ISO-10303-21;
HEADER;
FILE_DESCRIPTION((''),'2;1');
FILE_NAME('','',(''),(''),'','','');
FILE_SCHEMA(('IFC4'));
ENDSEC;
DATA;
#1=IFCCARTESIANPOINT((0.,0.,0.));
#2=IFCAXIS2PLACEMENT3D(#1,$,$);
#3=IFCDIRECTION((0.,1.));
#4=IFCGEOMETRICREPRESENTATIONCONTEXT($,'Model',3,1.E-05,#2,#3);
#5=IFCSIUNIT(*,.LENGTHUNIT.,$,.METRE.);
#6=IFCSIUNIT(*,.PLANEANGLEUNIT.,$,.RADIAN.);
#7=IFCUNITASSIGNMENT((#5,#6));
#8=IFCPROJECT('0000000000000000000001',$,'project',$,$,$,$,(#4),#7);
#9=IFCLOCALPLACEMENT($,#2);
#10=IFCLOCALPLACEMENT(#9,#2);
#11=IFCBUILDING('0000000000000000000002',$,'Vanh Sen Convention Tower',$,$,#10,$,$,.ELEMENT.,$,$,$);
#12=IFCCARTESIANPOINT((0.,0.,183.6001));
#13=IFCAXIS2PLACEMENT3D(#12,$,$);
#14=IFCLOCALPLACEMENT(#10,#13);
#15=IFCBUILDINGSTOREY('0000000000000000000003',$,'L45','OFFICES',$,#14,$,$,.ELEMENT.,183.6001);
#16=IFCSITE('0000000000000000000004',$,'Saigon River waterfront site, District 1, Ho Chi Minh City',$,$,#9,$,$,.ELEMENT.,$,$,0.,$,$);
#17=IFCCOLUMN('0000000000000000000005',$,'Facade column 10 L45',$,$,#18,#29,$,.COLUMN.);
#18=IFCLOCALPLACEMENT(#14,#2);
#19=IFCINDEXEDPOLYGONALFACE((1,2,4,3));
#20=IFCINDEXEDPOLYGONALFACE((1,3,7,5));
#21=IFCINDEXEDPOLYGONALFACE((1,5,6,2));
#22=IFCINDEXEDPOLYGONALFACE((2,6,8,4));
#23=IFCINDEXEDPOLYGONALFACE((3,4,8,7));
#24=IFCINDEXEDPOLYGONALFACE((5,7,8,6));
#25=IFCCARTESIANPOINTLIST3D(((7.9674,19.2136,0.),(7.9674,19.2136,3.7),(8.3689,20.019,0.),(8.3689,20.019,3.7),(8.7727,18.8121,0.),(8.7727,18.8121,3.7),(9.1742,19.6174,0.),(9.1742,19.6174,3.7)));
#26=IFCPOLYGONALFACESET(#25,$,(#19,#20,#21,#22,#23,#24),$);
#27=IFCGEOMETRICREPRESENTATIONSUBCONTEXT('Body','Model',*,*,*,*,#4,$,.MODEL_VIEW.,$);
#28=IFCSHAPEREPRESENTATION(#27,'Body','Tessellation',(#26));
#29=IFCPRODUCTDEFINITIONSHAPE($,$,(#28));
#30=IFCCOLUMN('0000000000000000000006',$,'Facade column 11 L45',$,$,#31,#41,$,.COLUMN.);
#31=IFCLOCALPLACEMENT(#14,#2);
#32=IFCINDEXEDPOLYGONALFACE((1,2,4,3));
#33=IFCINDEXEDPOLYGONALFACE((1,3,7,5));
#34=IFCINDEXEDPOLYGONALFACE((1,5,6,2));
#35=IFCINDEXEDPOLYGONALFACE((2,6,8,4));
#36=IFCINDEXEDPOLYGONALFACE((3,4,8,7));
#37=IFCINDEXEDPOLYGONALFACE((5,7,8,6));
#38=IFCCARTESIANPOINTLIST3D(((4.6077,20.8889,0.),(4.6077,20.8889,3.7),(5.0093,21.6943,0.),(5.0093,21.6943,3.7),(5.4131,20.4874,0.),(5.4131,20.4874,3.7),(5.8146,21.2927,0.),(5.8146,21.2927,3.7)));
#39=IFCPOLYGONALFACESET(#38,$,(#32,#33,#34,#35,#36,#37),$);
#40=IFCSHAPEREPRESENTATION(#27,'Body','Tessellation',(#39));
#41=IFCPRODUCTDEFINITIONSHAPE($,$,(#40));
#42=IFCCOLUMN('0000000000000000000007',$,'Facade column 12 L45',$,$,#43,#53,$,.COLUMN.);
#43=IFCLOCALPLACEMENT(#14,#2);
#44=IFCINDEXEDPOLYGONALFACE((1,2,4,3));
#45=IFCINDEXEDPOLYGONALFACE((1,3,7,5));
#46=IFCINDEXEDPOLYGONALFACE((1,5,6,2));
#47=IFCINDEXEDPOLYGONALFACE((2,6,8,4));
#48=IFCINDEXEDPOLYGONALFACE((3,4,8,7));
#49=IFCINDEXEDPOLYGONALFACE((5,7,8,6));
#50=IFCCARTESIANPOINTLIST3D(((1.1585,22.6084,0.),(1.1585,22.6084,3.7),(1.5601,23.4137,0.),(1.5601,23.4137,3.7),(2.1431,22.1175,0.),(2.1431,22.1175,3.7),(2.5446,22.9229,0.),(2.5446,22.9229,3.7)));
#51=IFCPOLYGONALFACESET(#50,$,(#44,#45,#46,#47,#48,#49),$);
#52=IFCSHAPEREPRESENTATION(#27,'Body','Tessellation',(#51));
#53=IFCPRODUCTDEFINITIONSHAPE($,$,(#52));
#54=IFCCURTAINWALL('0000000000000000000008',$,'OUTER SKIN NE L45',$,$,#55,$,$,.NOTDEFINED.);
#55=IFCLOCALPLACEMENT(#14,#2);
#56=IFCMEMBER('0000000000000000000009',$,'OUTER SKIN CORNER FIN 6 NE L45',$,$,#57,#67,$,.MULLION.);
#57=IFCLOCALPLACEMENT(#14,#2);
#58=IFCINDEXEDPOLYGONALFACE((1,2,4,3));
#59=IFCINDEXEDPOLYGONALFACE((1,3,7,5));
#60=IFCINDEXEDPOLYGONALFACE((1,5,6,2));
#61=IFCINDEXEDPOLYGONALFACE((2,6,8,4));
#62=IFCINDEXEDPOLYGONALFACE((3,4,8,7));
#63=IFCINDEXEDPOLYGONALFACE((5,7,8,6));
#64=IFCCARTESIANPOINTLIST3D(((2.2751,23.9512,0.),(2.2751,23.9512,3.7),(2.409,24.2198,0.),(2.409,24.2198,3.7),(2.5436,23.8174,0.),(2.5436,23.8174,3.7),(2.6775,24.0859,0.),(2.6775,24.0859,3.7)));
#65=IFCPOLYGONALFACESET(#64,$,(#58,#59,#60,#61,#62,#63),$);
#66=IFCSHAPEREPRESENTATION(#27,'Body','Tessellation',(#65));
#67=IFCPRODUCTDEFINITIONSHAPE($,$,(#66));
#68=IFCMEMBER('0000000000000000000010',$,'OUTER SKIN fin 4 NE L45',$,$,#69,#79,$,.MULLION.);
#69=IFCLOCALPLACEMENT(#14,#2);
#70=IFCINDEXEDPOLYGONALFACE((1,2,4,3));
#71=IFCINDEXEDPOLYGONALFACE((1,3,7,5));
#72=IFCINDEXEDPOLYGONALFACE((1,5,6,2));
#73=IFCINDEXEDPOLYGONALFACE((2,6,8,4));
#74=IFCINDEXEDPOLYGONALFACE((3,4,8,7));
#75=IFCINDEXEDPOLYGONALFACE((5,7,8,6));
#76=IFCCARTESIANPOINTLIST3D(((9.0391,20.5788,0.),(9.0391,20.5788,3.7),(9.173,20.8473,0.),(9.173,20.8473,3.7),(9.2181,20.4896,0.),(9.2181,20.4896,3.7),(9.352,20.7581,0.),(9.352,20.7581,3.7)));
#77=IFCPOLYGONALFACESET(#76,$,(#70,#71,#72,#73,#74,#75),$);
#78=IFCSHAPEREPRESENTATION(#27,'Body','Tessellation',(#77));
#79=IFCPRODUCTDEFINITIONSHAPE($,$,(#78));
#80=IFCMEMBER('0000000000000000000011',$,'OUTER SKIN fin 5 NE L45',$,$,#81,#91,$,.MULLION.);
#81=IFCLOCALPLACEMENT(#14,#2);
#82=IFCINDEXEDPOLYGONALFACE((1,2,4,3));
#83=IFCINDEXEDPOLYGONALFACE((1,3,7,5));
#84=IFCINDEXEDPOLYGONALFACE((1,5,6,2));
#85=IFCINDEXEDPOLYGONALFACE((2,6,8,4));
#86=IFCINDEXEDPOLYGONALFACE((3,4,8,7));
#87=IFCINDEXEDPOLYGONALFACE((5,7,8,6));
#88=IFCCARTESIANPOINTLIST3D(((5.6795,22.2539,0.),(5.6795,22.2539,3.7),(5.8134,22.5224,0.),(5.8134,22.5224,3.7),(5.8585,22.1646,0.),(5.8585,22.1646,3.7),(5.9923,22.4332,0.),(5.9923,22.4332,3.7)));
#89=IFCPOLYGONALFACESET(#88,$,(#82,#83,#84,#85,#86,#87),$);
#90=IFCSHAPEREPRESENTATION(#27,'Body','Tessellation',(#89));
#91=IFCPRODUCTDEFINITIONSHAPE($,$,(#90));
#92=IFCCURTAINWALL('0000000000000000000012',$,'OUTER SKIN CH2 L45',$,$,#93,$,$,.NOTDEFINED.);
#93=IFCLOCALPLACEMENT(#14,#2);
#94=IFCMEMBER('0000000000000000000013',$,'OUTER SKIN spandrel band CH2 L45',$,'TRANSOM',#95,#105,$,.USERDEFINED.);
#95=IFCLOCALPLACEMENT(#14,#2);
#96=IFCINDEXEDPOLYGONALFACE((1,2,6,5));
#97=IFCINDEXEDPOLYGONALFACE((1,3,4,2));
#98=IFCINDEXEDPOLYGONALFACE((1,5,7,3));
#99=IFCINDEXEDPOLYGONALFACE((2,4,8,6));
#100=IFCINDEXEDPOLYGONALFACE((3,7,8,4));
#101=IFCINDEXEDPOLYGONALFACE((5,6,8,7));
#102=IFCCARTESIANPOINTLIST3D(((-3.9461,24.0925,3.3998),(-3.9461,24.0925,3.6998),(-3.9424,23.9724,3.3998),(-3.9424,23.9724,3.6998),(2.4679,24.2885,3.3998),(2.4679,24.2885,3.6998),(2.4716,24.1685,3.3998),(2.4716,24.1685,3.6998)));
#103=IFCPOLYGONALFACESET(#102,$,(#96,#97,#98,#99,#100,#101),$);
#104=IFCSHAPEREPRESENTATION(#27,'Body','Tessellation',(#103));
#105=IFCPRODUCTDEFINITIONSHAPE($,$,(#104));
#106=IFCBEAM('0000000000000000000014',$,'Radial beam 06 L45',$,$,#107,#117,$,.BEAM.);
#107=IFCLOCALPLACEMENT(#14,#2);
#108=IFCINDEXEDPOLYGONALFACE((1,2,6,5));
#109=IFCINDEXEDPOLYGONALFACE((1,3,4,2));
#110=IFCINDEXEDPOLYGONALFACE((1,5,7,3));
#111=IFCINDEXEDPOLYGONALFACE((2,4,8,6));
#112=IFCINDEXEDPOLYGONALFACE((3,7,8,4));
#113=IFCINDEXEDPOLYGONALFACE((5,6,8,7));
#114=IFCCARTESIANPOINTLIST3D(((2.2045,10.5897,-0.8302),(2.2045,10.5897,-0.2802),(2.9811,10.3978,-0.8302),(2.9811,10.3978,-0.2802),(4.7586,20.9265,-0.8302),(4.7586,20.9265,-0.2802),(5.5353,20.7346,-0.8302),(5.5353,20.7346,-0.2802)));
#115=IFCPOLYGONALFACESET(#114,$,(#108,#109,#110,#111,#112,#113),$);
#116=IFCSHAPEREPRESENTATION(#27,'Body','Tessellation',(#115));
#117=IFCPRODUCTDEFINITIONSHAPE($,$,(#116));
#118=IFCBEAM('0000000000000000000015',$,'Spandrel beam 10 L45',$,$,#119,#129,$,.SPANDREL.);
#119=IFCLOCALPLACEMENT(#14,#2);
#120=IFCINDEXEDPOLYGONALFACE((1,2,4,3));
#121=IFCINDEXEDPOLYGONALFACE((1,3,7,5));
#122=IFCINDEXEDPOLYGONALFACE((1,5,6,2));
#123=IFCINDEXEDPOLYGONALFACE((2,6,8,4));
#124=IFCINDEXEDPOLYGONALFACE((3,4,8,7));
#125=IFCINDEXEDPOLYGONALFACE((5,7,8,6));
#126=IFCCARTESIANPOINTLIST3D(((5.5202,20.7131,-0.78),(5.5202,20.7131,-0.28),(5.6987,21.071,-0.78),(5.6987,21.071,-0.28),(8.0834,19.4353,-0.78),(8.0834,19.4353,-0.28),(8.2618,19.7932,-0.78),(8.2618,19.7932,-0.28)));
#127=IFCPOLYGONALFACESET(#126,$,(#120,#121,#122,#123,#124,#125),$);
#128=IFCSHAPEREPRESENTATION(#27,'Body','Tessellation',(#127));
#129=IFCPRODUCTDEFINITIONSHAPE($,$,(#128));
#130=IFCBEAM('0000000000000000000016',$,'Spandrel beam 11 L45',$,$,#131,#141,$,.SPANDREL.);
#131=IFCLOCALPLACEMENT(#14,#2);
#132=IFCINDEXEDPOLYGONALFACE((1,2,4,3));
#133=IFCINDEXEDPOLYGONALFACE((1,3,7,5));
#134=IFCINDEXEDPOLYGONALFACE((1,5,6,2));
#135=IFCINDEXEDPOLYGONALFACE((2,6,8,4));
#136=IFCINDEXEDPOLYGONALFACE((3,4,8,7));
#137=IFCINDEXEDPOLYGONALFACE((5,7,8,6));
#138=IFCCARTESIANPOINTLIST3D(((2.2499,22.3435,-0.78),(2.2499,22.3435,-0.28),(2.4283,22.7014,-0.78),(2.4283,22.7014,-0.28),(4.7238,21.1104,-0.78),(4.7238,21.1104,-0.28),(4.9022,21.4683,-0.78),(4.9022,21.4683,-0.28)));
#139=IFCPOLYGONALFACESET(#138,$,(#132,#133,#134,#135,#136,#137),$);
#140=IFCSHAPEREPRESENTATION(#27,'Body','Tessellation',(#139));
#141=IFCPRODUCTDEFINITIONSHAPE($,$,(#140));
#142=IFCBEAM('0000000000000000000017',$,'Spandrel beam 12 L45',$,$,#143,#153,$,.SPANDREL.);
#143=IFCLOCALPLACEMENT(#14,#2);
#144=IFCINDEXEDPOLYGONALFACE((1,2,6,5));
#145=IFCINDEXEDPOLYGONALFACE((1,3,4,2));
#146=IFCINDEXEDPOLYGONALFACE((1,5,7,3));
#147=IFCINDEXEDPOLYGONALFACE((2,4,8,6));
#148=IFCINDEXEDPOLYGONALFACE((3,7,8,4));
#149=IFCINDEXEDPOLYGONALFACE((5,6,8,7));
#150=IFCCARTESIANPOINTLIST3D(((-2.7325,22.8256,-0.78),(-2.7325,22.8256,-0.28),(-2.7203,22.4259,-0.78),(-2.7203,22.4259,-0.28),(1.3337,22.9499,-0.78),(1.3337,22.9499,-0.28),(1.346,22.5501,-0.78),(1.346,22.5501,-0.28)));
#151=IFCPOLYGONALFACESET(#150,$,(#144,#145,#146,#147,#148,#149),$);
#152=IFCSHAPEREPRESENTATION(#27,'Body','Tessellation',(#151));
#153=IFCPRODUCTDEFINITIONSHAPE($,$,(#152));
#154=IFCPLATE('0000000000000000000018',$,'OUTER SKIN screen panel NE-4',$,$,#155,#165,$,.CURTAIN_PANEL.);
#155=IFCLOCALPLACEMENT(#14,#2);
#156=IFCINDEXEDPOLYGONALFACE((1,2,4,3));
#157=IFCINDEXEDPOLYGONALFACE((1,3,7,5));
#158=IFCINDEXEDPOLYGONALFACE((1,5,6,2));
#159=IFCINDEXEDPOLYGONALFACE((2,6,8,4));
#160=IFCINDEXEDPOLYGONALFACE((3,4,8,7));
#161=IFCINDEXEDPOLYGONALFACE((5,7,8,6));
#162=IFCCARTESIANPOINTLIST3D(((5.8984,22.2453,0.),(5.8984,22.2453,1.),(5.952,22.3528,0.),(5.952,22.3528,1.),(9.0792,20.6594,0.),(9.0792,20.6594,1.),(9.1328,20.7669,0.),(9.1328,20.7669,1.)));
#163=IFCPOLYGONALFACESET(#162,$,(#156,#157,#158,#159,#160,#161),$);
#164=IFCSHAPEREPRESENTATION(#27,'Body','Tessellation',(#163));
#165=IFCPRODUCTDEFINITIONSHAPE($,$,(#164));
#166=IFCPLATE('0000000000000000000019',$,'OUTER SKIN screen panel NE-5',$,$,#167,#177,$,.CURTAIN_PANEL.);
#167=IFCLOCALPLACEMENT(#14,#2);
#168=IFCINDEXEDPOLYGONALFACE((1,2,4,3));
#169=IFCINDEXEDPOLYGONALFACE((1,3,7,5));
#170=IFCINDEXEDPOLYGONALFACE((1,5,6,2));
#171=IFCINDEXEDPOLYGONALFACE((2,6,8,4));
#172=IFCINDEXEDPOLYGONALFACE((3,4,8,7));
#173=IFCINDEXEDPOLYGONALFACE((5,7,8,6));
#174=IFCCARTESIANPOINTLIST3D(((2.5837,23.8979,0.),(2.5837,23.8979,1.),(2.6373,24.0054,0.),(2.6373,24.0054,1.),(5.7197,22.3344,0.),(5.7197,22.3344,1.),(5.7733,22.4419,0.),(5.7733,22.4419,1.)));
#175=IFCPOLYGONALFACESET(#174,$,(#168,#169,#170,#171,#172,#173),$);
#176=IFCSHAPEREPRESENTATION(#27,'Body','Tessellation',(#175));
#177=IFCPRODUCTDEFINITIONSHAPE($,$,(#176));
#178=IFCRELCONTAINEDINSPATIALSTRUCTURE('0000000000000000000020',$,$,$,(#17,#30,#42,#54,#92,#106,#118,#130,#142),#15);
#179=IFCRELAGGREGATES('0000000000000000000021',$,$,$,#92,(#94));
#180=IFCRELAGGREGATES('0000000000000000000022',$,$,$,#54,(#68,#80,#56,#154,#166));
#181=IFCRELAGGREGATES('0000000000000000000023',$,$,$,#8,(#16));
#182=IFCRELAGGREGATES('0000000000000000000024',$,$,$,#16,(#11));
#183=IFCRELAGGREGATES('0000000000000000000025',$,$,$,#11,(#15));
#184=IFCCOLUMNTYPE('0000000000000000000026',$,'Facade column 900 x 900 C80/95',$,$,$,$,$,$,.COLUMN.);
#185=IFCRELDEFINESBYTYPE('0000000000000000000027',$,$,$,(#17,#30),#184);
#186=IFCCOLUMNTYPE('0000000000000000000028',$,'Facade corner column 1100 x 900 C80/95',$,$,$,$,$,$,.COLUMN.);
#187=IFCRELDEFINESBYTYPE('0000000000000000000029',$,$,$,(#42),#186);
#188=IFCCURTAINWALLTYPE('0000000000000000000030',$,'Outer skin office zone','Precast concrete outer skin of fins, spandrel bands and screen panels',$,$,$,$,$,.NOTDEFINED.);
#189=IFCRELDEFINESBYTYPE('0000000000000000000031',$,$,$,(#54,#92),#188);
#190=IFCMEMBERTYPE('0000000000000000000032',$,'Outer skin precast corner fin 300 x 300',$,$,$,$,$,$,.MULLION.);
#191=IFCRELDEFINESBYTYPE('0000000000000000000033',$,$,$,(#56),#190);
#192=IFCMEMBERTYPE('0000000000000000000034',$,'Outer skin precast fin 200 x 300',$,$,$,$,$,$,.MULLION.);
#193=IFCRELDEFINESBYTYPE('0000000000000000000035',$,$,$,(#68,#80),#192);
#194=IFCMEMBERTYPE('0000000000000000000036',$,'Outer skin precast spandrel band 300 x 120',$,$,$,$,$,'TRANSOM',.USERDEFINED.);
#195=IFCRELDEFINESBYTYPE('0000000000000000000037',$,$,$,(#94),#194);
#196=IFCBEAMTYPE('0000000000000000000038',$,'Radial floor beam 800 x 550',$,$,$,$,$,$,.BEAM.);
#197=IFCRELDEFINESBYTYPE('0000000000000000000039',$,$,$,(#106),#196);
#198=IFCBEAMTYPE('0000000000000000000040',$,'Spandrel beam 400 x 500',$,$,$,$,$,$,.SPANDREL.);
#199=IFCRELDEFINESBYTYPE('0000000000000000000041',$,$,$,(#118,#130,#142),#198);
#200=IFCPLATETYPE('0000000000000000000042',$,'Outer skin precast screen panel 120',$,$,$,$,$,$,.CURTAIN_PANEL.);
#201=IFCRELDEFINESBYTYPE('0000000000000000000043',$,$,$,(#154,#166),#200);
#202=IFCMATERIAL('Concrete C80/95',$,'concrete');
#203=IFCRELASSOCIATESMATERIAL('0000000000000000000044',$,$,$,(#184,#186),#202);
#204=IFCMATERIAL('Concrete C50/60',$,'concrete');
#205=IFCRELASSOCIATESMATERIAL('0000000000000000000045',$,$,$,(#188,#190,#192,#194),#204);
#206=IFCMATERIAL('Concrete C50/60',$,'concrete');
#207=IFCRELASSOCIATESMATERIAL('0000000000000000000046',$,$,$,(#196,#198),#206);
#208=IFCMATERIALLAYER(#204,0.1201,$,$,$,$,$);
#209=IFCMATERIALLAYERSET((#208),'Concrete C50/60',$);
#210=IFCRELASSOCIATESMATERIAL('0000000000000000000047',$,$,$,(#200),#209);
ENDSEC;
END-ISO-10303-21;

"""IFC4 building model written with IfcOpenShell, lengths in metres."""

from ifc_helpers import new_model, si_unit, direction, frame, origin, origin_2d, place, context, subcontext, project, spatial, rectangle, extrude, material, layer, layer_set, material_profile, profile_set, type_object, element, aggregate, save


model = new_model("IFC4")

# Units and contexts
model_context = context("Model", 3, precision=1e-05, world=origin(), true_north=direction((0.0, 1.0)))
body_context = subcontext(model_context, "Body", "Model", "MODEL_VIEW")
ifc_project = project(units=[si_unit("LENGTHUNIT", "METRE"), si_unit("PLANEANGLEUNIT", "RADIAN")], contexts=[model_context])

# Site, building, storey
site_placement = place(None, origin())
site = spatial("IfcSite", under=ifc_project, at=site_placement, Name="Saigon River waterfront site, District 1, Ho Chi Minh City", CompositionType="ELEMENT", RefElevation=0.0)
building_placement = place(site_placement, origin())
building = spatial("IfcBuilding", under=site, at=building_placement, Name="Vanh Sen Convention Tower", CompositionType="ELEMENT")
storey_placement = place(building_placement, frame((0.0, 0.0, 183.6001)))
storey = spatial("IfcBuildingStorey", under=building, at=storey_placement, Name="L45", Description="OFFICES", CompositionType="ELEMENT", Elevation=183.6001)

# Columns
ifc_material_1 = material(Name="Concrete C80/95", Category="concrete")
ifc_material_profile_1 = material_profile(ifc_material_1, rectangle(XDim=0.8999, YDim=0.8999, at=origin_2d()), Name="RC 900X900")
ifc_profile_set_1 = profile_set([ifc_material_profile_1], Name="Concrete C80/95")
column_type_1 = type_object("IfcColumnType", Name="Facade column 900 x 900 C80/95", PredefinedType="COLUMN", material=ifc_profile_set_1)
for number, where, z_axis, x_axis, name in (
    (1, (8.5708, 19.4155, 0.0), (0.0, 0.0, 1.0), (-0.894934, 0.446198, 0.0), "Facade column 10 L45"),
    (2, (5.2112, 21.0908, 0.0), (0.0, 0.0, 1.0), (-0.894934, 0.446198, 0.0), "Facade column 11 L45"),
):
    element("IfcColumn", number, at=place(storey_placement, frame(where, z_axis=z_axis, x_axis=x_axis)), inside=storey, type_object=column_type_1, Name=name, PredefinedType="COLUMN", context=body_context, shape_type="SweptSolid", body=[
        extrude(rectangle(XDim=0.8999, YDim=0.8999, at=origin_2d()), origin(), (0.0, 0.0, 1.0), 3.7),
    ])
ifc_material_profile_2 = material_profile(ifc_material_1, rectangle(XDim=1.1001, YDim=0.8999, at=origin_2d()), Name="RC 1100X900")
ifc_profile_set_2 = profile_set([ifc_material_profile_2], Name="Concrete C80/95")
column_type_2 = type_object("IfcColumnType", Name="Facade corner column 1100 x 900 C80/95", PredefinedType="COLUMN", material=ifc_profile_set_2)
column_placement = place(storey_placement, frame((1.8516, 22.7656, 0.0), z_axis=(0.0, 0.0, 1.0), x_axis=(-0.894934, 0.446198, 0.0)))
element("IfcColumn", 3, at=column_placement, inside=storey, type_object=column_type_2, Name="Facade column 12 L45", PredefinedType="COLUMN", context=body_context, shape_type="SweptSolid", body=[
    extrude(rectangle(XDim=1.1001, YDim=0.8999, at=origin_2d()), origin(), (0.0, 0.0, 1.0), 3.7),
])

# Curtain wall, members
ifc_material_2 = material(Name="Concrete C50/60", Category="concrete")
curtain_wall_type = type_object("IfcCurtainWallType", Name="Outer skin office zone", Description="Precast concrete outer skin of fins, spandrel bands and screen panels", PredefinedType="NOTDEFINED", material=ifc_material_2)
curtain_wall_1_placement = place(storey_placement, origin())
curtain_wall_1 = element("IfcCurtainWall", 4, at=curtain_wall_1_placement, inside=storey, type_object=curtain_wall_type, Name="OUTER SKIN NE L45", PredefinedType="NOTDEFINED")
ifc_material_profile_3 = material_profile(ifc_material_2, rectangle(XDim=0.3, YDim=0.3, at=origin_2d()), Name="Outer skin precast corner fin 300 x 300")
ifc_profile_set_3 = profile_set([ifc_material_profile_3], Name="Concrete C50/60")
member_type_1 = type_object("IfcMemberType", Name="Outer skin precast corner fin 300 x 300", PredefinedType="MULLION", material=ifc_profile_set_3)
member_1_placement = place(storey_placement, frame((2.4763, 24.0186, 0.0), z_axis=(0.0, 0.0, 1.0), x_axis=(-0.894934, 0.446198, 0.0)))
member_1 = element("IfcMember", 5, at=member_1_placement, type_object=member_type_1, Name="OUTER SKIN CORNER FIN 6 NE L45", PredefinedType="MULLION", context=body_context, shape_type="SweptSolid", body=[
    extrude(rectangle(XDim=0.3, YDim=0.3, at=origin_2d()), origin(), (0.0, 0.0, 1.0), 3.7),
])
ifc_material_profile_4 = material_profile(ifc_material_2, rectangle(XDim=0.2, YDim=0.3, at=origin_2d()), Name="Outer skin precast fin 200 x 300")
ifc_profile_set_4 = profile_set([ifc_material_profile_4], Name="Concrete C50/60")
member_type_2 = type_object("IfcMemberType", Name="Outer skin precast fin 200 x 300", PredefinedType="MULLION", material=ifc_profile_set_4)
member_2_placement = place(storey_placement, frame((9.1956, 20.6685, 0.0), z_axis=(0.0, 0.0, 1.0), x_axis=(-0.894934, 0.446198, 0.0)))
member_2 = element("IfcMember", 6, at=member_2_placement, type_object=member_type_2, Name="OUTER SKIN fin 4 NE L45", PredefinedType="MULLION", context=body_context, shape_type="SweptSolid", body=[
    extrude(rectangle(XDim=0.2, YDim=0.3, at=origin_2d()), origin(), (0.0, 0.0, 1.0), 3.7),
])
member_3_placement = place(storey_placement, frame((5.8359, 22.3435, 0.0), z_axis=(0.0, 0.0, 1.0), x_axis=(-0.894934, 0.446198, 0.0)))
member_3 = element("IfcMember", 7, at=member_3_placement, type_object=member_type_2, Name="OUTER SKIN fin 5 NE L45", PredefinedType="MULLION", context=body_context, shape_type="SweptSolid", body=[
    extrude(rectangle(XDim=0.2, YDim=0.3, at=origin_2d()), origin(), (0.0, 0.0, 1.0), 3.7),
])

# Curtain wall, member
curtain_wall_2_placement = place(storey_placement, origin())
curtain_wall_2 = element("IfcCurtainWall", 8, at=curtain_wall_2_placement, inside=storey, type_object=curtain_wall_type, Name="OUTER SKIN CH2 L45", PredefinedType="NOTDEFINED")
ifc_material_profile_5 = material_profile(ifc_material_2, rectangle(XDim=0.1201, YDim=0.3, at=origin_2d()), Name="Outer skin precast spandrel band 300 x 120")
ifc_profile_set_5 = profile_set([ifc_material_profile_5], Name="Concrete C50/60")
member_type_3 = type_object("IfcMemberType", Name="Outer skin precast spandrel band 300 x 120", ElementType="TRANSOM", PredefinedType="USERDEFINED", material=ifc_profile_set_5)
member_4_placement = place(storey_placement, frame((2.4697, 24.2285, 3.5498), z_axis=(-0.999533, -0.030551, 0.0), x_axis=(0.030551, -0.999533, 0.0)))
member_4 = element("IfcMember", 9, at=member_4_placement, type_object=member_type_3, Name="OUTER SKIN spandrel band CH2 L45", ObjectType="TRANSOM", PredefinedType="USERDEFINED", context=body_context, shape_type="SweptSolid", body=[
    extrude(rectangle(XDim=0.1201, YDim=0.3, at=origin_2d()), origin(), (0.0, 0.0, 1.0), 6.417),
])
aggregate(curtain_wall_2, [member_4])

# Beams
ifc_material_3 = material(Name="Concrete C50/60", Category="concrete")
ifc_material_profile_6 = material_profile(ifc_material_3, rectangle(XDim=0.8, YDim=0.55, at=origin_2d()), Name="RC 800X550")
ifc_profile_set_6 = profile_set([ifc_material_profile_6], Name="Concrete C50/60")
beam_type_1 = type_object("IfcBeamType", Name="Radial floor beam 800 x 550", PredefinedType="BEAM", material=ifc_profile_set_6)
beam_1_placement = place(storey_placement, frame((5.147, 20.8306, -0.5552), z_axis=(-0.23988, -0.970802, 0.0), x_axis=(0.970802, -0.23988, 0.0)))
element("IfcBeam", 10, at=beam_1_placement, inside=storey, type_object=beam_type_1, Name="Radial beam 06 L45", PredefinedType="BEAM", context=body_context, shape_type="SweptSolid", body=[
    extrude(rectangle(XDim=0.8, YDim=0.55, at=origin_2d()), origin(), (0.0, 0.0, 1.0), 10.6477),
])
ifc_material_profile_7 = material_profile(ifc_material_3, rectangle(XDim=0.3999, YDim=0.5, at=origin_2d()), Name="RC 400X500")
ifc_profile_set_7 = profile_set([ifc_material_profile_7], Name="Concrete C50/60")
beam_type_2 = type_object("IfcBeamType", Name="Spandrel beam 400 x 500", PredefinedType="SPANDREL", material=ifc_profile_set_7)
beam_2_placement = place(storey_placement, frame((8.1726, 19.6143, -0.53), z_axis=(-0.894955, 0.446156, 0.0), x_axis=(-0.446156, -0.894955, 0.0)))
element("IfcBeam", 11, at=beam_2_placement, inside=storey, type_object=beam_type_2, Name="Spandrel beam 10 L45", PredefinedType="SPANDREL", context=body_context, shape_type="SweptSolid", body=[
    extrude(rectangle(XDim=0.3999, YDim=0.5, at=origin_2d()), origin(), (0.0, 0.0, 1.0), 2.864),
])
beam_3_placement = place(storey_placement, frame((4.813, 21.2893, -0.53), z_axis=(-0.894974, 0.446118, 0.0), x_axis=(-0.446118, -0.894974, 0.0)))
element("IfcBeam", 12, at=beam_3_placement, inside=storey, type_object=beam_type_2, Name="Spandrel beam 11 L45", PredefinedType="SPANDREL", context=body_context, shape_type="SweptSolid", body=[
    extrude(rectangle(XDim=0.3999, YDim=0.5, at=origin_2d()), origin(), (0.0, 0.0, 1.0), 2.7642),
])
beam_4_placement = place(storey_placement, frame((1.3398, 22.75, -0.53), z_axis=(-0.999533, -0.030547, 0.0), x_axis=(0.030547, -0.999533, 0.0)))
element("IfcBeam", 13, at=beam_4_placement, inside=storey, type_object=beam_type_2, Name="Spandrel beam 12 L45", PredefinedType="SPANDREL", context=body_context, shape_type="SweptSolid", body=[
    extrude(rectangle(XDim=0.3999, YDim=0.5, at=origin_2d()), origin(), (0.0, 0.0, 1.0), 4.0681),
])

# Plates
ifc_layer_1 = layer(ifc_material_2, 0.1201)
ifc_layer_set_1 = layer_set([ifc_layer_1], Name="Concrete C50/60")
plate_type = type_object("IfcPlateType", Name="Outer skin precast screen panel 120", PredefinedType="CURTAIN_PANEL", material=ifc_layer_set_1)
plate_1_placement = place(storey_placement, frame((7.5156, 21.5061, 0.0), z_axis=(0.0, 0.0, 1.0), x_axis=(-0.894933, 0.446201, 0.0)))
plate_1 = element("IfcPlate", 14, at=plate_1_placement, type_object=plate_type, Name="OUTER SKIN screen panel NE-4", PredefinedType="CURTAIN_PANEL", context=body_context, shape_type="SweptSolid", body=[
    extrude(rectangle(XDim=3.5542, YDim=0.1201, at=origin_2d()), origin(), (0.0, 0.0, 1.0), 1.0),
])
plate_2_placement = place(storey_placement, frame((4.1785, 23.1699, 0.0), z_axis=(0.0, 0.0, 1.0), x_axis=(-0.894944, 0.446179, 0.0)))
plate_2 = element("IfcPlate", 15, at=plate_2_placement, type_object=plate_type, Name="OUTER SKIN screen panel NE-5", PredefinedType="CURTAIN_PANEL", context=body_context, shape_type="SweptSolid", body=[
    extrude(rectangle(XDim=3.5042, YDim=0.1201, at=origin_2d()), origin(), (0.0, 0.0, 1.0), 1.0),
])
aggregate(curtain_wall_1, [member_2, member_3, member_1, plate_1, plate_2])

save(model, "model.ifc")
